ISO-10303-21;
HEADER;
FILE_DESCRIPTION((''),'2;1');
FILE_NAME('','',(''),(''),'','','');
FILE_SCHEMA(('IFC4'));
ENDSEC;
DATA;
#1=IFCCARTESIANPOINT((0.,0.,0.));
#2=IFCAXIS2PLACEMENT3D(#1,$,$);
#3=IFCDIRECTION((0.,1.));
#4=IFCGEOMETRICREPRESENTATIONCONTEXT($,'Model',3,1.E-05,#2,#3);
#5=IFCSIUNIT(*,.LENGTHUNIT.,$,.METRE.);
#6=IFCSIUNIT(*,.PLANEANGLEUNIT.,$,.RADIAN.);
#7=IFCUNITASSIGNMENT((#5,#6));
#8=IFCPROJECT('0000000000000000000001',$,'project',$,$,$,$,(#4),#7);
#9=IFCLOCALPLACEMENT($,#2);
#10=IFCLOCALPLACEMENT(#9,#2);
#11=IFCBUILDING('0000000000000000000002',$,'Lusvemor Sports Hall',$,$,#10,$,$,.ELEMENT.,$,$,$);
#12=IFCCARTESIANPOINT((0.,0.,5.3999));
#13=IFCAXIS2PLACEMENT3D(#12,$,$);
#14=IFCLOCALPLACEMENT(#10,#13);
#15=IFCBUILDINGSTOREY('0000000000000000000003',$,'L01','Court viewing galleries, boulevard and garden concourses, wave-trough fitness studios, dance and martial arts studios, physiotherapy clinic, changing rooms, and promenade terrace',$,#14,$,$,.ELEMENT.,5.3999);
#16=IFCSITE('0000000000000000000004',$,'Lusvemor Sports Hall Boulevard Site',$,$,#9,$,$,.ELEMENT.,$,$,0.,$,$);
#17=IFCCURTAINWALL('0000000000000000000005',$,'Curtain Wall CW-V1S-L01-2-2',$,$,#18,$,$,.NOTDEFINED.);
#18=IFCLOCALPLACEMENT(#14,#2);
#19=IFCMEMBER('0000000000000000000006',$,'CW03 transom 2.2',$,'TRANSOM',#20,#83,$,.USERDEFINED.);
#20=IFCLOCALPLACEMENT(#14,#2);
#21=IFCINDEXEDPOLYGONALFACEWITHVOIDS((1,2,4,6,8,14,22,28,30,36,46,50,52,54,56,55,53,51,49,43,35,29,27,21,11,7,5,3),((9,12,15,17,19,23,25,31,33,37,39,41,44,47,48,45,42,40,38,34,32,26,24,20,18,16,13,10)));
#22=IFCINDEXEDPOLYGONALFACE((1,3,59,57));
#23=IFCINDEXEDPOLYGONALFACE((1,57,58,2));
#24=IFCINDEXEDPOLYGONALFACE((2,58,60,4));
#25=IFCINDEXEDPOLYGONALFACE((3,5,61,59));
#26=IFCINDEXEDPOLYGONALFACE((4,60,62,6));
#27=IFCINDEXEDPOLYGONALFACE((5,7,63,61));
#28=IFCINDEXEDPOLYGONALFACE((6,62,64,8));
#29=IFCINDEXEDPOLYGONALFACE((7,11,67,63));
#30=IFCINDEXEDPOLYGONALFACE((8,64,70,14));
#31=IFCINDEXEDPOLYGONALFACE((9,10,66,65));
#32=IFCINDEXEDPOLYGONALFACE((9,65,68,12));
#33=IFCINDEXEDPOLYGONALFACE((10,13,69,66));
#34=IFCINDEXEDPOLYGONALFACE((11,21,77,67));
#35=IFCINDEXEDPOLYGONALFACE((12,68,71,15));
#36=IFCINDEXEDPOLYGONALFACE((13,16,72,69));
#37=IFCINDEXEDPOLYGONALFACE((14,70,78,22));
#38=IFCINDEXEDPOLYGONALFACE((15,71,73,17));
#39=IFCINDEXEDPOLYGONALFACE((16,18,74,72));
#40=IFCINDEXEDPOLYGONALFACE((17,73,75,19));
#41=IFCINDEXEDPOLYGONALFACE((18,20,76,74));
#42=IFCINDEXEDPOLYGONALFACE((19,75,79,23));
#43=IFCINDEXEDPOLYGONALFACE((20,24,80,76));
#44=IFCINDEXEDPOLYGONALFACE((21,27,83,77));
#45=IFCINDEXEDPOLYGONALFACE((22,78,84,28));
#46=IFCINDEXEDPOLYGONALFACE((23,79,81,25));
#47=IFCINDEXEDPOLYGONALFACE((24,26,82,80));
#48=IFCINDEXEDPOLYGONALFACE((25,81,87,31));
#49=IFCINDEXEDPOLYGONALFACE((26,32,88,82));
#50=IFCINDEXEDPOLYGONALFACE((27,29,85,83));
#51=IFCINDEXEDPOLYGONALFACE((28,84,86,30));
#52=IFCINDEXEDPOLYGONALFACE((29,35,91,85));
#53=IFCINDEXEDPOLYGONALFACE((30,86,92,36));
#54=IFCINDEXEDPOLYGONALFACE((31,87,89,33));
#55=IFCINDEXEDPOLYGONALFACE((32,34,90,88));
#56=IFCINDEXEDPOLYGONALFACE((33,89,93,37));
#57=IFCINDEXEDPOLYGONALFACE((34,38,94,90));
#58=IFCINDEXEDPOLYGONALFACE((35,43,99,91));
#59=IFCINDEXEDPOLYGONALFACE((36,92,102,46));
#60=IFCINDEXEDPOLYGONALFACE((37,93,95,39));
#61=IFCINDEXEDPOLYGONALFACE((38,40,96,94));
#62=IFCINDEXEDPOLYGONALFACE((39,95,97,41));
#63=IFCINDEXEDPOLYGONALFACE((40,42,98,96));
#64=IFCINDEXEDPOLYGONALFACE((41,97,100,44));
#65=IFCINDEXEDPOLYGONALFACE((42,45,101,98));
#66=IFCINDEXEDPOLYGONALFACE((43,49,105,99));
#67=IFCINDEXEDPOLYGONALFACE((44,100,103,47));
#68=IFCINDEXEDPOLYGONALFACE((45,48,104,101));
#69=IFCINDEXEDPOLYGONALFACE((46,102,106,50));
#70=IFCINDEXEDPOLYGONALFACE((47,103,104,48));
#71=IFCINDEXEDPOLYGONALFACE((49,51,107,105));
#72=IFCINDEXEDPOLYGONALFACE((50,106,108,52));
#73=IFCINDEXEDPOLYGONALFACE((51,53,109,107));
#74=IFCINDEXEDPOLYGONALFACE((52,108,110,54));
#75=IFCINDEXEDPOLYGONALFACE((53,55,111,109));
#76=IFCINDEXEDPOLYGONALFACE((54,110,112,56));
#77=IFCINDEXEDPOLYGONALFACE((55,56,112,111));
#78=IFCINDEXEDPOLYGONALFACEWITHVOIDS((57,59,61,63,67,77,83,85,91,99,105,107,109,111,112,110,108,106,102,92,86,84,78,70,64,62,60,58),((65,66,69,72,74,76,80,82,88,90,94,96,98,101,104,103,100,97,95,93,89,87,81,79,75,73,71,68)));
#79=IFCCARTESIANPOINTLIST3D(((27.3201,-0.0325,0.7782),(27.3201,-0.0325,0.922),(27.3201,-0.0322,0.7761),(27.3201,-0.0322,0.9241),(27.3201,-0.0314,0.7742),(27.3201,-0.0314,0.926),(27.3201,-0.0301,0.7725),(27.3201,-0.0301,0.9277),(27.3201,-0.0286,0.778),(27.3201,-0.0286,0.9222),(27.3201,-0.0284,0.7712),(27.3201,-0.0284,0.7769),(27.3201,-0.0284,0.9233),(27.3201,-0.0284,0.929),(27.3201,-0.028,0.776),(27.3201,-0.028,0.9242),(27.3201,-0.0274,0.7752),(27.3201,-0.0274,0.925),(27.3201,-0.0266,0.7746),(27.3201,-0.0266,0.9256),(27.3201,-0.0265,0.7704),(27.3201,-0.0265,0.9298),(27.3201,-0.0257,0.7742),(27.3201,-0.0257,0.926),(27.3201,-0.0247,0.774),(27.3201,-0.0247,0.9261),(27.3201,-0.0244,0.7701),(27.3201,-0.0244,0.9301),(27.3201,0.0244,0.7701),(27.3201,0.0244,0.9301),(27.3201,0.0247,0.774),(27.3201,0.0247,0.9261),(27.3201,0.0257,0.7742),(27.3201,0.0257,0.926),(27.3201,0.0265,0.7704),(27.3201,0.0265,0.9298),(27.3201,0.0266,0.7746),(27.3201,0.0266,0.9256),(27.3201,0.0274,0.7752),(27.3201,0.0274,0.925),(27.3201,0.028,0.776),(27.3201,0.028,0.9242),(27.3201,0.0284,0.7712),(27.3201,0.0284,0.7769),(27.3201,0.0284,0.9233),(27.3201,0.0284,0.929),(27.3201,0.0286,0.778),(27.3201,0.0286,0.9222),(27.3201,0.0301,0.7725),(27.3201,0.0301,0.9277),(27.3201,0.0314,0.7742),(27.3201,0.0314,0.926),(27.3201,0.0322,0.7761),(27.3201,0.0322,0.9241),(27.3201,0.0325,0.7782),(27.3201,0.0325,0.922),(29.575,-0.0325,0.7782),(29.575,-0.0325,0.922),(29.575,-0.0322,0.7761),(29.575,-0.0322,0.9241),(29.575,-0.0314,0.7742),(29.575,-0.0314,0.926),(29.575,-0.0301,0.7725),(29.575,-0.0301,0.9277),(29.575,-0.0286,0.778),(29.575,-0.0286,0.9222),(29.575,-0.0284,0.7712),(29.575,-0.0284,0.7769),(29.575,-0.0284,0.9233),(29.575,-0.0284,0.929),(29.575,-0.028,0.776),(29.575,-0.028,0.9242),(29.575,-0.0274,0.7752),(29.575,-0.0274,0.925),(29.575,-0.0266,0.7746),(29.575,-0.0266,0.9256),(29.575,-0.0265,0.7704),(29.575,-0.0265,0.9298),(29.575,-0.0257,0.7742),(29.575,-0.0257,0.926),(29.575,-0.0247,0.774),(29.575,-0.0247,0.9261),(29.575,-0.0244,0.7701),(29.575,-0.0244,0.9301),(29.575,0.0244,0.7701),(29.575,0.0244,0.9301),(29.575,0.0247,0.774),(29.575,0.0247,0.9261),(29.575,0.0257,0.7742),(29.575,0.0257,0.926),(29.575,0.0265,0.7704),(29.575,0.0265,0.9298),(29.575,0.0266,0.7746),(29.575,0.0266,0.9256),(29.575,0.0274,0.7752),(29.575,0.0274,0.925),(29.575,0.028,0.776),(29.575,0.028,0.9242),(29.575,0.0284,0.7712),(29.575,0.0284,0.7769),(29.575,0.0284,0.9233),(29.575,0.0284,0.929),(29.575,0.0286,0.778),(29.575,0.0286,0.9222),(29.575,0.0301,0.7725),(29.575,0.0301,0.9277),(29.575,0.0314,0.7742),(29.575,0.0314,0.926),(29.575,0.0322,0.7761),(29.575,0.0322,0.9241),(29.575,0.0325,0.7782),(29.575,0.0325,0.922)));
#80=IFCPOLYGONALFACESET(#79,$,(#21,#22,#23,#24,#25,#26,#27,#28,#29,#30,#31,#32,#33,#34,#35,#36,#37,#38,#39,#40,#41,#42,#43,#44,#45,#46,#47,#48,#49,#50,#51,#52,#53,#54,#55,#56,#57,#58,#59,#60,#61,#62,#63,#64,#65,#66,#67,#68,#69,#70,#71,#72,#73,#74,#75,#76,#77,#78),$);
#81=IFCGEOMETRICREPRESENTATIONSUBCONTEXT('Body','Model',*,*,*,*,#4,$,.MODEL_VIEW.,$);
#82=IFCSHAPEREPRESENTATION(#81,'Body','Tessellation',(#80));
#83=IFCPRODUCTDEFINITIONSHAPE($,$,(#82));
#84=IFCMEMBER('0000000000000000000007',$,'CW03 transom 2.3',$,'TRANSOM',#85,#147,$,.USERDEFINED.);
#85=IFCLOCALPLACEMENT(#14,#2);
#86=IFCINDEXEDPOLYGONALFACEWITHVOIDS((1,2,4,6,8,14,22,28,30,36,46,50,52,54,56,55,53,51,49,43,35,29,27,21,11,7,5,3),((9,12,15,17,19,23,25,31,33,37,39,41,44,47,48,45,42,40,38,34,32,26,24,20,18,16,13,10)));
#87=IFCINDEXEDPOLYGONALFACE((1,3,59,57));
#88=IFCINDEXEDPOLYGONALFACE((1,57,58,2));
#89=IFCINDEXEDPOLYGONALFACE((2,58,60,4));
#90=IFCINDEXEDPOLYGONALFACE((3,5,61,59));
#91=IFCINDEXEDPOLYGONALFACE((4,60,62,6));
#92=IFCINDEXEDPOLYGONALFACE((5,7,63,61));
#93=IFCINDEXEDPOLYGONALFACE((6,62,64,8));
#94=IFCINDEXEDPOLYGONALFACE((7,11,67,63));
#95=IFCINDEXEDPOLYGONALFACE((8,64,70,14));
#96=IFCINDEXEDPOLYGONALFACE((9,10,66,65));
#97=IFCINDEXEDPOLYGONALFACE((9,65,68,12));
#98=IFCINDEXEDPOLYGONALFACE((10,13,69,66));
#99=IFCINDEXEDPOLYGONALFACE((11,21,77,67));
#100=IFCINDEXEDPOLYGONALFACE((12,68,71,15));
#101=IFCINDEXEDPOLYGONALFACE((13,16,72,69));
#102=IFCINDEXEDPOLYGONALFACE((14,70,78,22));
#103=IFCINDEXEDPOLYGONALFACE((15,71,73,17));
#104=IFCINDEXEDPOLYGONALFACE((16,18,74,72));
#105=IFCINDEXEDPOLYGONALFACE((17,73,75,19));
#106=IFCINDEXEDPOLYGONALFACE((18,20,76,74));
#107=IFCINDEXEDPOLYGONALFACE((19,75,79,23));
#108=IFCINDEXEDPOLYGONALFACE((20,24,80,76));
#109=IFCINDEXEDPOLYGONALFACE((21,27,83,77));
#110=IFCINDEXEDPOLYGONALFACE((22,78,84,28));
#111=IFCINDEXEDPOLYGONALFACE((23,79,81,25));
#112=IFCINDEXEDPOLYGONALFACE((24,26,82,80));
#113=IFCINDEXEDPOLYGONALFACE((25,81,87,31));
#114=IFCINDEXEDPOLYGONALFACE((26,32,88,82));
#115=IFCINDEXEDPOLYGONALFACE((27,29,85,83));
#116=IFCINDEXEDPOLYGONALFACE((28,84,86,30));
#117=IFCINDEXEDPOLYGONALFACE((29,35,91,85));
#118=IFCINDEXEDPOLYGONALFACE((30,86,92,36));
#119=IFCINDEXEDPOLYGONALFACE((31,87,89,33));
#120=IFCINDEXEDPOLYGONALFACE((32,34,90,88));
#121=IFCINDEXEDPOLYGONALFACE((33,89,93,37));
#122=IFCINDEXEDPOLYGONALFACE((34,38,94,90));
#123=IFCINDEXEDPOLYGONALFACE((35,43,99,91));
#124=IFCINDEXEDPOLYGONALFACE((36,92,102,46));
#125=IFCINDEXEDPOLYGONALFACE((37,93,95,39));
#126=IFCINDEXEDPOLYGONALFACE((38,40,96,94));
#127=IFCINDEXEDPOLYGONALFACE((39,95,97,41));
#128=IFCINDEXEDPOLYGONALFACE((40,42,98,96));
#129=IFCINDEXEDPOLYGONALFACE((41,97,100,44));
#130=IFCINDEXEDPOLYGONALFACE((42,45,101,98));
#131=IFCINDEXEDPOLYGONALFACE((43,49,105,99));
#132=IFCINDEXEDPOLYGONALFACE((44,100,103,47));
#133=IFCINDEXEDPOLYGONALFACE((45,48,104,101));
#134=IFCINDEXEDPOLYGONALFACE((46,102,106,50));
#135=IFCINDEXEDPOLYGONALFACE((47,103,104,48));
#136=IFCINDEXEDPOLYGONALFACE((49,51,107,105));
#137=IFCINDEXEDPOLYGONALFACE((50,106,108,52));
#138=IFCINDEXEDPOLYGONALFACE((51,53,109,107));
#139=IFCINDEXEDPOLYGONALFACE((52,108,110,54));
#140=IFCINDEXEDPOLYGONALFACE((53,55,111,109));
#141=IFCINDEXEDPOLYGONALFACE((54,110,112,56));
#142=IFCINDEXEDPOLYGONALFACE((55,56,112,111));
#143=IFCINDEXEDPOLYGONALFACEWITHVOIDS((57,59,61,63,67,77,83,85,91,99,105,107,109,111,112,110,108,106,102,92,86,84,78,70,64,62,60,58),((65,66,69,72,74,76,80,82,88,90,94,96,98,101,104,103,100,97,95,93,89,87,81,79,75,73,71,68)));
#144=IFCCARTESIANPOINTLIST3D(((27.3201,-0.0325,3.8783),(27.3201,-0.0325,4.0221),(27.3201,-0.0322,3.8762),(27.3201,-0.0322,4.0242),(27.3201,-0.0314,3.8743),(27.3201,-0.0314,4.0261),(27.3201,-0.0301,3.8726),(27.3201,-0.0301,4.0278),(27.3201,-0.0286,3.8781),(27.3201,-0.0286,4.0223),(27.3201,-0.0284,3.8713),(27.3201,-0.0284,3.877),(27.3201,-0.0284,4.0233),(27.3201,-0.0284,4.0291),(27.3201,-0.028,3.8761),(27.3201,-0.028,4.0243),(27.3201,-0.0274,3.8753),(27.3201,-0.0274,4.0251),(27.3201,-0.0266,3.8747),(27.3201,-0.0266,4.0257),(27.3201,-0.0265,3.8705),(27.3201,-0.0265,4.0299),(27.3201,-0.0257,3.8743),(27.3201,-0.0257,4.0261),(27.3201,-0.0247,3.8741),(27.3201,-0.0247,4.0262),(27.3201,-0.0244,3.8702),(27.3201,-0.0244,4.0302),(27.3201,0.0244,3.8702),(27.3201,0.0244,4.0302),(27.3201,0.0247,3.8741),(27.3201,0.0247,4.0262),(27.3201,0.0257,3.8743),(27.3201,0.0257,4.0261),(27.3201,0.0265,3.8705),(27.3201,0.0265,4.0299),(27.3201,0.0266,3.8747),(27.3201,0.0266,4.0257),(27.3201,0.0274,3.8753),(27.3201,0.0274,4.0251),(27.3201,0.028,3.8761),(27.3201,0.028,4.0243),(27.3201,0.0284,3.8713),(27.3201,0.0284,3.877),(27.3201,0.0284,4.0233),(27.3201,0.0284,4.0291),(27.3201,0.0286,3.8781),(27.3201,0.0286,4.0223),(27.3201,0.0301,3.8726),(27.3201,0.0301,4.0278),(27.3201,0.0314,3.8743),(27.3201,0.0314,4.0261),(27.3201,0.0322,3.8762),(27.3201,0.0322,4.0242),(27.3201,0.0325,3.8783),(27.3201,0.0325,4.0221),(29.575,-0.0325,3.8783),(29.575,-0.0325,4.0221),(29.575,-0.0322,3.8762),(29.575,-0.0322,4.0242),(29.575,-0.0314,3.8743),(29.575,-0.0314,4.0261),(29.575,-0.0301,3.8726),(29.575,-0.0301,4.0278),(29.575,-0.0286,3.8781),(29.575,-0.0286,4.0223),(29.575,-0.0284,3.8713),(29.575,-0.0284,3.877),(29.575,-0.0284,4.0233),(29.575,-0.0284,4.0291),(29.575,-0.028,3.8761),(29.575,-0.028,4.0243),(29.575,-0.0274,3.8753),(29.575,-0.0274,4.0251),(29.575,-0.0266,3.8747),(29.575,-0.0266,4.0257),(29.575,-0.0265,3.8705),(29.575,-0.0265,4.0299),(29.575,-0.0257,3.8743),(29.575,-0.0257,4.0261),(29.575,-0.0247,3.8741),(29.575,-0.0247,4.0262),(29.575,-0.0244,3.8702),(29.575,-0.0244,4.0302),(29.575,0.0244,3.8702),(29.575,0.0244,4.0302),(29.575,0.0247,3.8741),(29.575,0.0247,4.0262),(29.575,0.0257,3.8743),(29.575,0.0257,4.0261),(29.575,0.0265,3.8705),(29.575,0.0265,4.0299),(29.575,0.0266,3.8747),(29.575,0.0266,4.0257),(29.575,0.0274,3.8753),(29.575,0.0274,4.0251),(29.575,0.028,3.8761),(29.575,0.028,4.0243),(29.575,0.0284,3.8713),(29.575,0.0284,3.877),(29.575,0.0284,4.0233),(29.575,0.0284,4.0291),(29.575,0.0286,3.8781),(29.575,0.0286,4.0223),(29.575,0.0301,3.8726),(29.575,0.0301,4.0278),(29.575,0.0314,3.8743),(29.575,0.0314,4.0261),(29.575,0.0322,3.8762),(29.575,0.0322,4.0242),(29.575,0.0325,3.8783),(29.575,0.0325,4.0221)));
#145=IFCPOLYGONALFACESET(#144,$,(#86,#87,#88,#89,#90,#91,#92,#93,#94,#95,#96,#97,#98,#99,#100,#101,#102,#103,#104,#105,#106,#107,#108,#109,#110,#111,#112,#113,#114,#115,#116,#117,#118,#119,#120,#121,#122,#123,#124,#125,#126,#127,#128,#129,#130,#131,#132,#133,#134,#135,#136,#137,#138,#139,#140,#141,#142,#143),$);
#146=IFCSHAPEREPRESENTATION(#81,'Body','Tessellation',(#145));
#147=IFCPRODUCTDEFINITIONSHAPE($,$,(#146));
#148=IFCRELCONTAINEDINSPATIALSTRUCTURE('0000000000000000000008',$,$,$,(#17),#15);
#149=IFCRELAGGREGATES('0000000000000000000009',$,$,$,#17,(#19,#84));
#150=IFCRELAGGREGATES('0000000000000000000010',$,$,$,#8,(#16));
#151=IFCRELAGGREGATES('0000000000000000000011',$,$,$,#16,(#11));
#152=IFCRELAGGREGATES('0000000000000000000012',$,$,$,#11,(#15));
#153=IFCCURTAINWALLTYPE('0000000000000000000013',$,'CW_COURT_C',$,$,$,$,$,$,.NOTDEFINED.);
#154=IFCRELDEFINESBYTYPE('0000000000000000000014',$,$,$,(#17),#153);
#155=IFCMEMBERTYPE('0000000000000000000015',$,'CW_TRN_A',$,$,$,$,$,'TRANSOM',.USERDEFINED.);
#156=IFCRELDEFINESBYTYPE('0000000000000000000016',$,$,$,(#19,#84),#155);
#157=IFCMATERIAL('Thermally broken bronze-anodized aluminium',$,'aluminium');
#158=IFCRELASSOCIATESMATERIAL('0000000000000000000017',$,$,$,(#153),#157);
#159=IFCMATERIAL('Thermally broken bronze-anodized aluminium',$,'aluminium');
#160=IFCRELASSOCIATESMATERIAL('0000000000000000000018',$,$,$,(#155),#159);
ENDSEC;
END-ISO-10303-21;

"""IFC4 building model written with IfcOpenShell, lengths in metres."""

from ifc_helpers import new_model, si_unit, direction, frame, origin, origin_2d, place, context, subcontext, project, spatial, hollow_rectangle, extrude, material, material_profile, profile_set, type_object, element, aggregate, save


model = new_model("IFC4")

# Units and contexts
model_context = context("Model", 3, precision=1e-05, world=origin(), true_north=direction((0.0, 1.0)))
body_context = subcontext(model_context, "Body", "Model", "MODEL_VIEW")
ifc_project = project(units=[si_unit("LENGTHUNIT", "METRE"), si_unit("PLANEANGLEUNIT", "RADIAN")], contexts=[model_context])

# Site, building, storey
site_placement = place(None, origin())
site = spatial("IfcSite", under=ifc_project, at=site_placement, Name="Lusvemor Sports Hall Boulevard Site", CompositionType="ELEMENT", RefElevation=0.0)
building_placement = place(site_placement, origin())
building = spatial("IfcBuilding", under=site, at=building_placement, Name="Lusvemor Sports Hall", CompositionType="ELEMENT")
storey_placement = place(building_placement, frame((0.0, 0.0, 5.3999)))
storey = spatial("IfcBuildingStorey", under=building, at=storey_placement, Name="L01", Description="Court viewing galleries, boulevard and garden concourses, wave-trough fitness studios, dance and martial arts studios, physiotherapy clinic, changing rooms, and promenade terrace", CompositionType="ELEMENT", Elevation=5.3999)

# Curtain wall, members
ifc_material_1 = material(Name="Thermally broken bronze-anodized aluminium", Category="aluminium")
curtain_wall_type = type_object("IfcCurtainWallType", Name="CW_COURT_C", PredefinedType="NOTDEFINED", material=ifc_material_1)
curtain_wall_placement = place(storey_placement, origin())
curtain_wall = element("IfcCurtainWall", 1, at=curtain_wall_placement, inside=storey, type_object=curtain_wall_type, Name="Curtain Wall CW-V1S-L01-2-2", PredefinedType="NOTDEFINED")
ifc_material_2 = material(Name="Thermally broken bronze-anodized aluminium", Category="aluminium")
ifc_material_profile_1 = material_profile(ifc_material_2, hollow_rectangle(XDim=0.0649, YDim=0.1599, WallThickness=0.0039, InnerFilletRadius=0.0039, OuterFilletRadius=0.0081, at=origin_2d()), Name="CWTRN160x65x4")
ifc_profile_set_1 = profile_set([ifc_material_profile_1], Name="Thermally broken bronze-anodized aluminium")
member_type_1 = type_object("IfcMemberType", Name="CW_TRN_A", ElementType="TRANSOM", PredefinedType="USERDEFINED", material=ifc_profile_set_1)
member_1_placement = place(storey_placement, frame((29.575, 0.0, 0.8501), z_axis=(-1.0, 0.0, 0.0), x_axis=(0.0, -1.0, 0.0)))
member_1 = element("IfcMember", 2, at=member_1_placement, type_object=member_type_1, Name="CW03 transom 2.2", ObjectType="TRANSOM", PredefinedType="USERDEFINED", context=body_context, shape_type="SweptSolid", body=[
    extrude(hollow_rectangle(XDim=0.0649, YDim=0.1599, WallThickness=0.0039, InnerFilletRadius=0.0039, OuterFilletRadius=0.0081, at=origin_2d()), origin(), (0.0, 0.0, 1.0), 2.2549),
])
member_2_placement = place(storey_placement, frame((29.575, 0.0, 3.9502), z_axis=(-1.0, 0.0, 0.0), x_axis=(0.0, -1.0, 0.0)))
member_2 = element("IfcMember", 3, at=member_2_placement, type_object=member_type_1, Name="CW03 transom 2.3", ObjectType="TRANSOM", PredefinedType="USERDEFINED", context=body_context, shape_type="SweptSolid", body=[
    extrude(hollow_rectangle(XDim=0.0649, YDim=0.1599, WallThickness=0.0039, InnerFilletRadius=0.0039, OuterFilletRadius=0.0081, at=origin_2d()), origin(), (0.0, 0.0, 1.0), 2.2549),
])

aggregate(curtain_wall, [member_1, member_2])

save(model, "model.ifc")
